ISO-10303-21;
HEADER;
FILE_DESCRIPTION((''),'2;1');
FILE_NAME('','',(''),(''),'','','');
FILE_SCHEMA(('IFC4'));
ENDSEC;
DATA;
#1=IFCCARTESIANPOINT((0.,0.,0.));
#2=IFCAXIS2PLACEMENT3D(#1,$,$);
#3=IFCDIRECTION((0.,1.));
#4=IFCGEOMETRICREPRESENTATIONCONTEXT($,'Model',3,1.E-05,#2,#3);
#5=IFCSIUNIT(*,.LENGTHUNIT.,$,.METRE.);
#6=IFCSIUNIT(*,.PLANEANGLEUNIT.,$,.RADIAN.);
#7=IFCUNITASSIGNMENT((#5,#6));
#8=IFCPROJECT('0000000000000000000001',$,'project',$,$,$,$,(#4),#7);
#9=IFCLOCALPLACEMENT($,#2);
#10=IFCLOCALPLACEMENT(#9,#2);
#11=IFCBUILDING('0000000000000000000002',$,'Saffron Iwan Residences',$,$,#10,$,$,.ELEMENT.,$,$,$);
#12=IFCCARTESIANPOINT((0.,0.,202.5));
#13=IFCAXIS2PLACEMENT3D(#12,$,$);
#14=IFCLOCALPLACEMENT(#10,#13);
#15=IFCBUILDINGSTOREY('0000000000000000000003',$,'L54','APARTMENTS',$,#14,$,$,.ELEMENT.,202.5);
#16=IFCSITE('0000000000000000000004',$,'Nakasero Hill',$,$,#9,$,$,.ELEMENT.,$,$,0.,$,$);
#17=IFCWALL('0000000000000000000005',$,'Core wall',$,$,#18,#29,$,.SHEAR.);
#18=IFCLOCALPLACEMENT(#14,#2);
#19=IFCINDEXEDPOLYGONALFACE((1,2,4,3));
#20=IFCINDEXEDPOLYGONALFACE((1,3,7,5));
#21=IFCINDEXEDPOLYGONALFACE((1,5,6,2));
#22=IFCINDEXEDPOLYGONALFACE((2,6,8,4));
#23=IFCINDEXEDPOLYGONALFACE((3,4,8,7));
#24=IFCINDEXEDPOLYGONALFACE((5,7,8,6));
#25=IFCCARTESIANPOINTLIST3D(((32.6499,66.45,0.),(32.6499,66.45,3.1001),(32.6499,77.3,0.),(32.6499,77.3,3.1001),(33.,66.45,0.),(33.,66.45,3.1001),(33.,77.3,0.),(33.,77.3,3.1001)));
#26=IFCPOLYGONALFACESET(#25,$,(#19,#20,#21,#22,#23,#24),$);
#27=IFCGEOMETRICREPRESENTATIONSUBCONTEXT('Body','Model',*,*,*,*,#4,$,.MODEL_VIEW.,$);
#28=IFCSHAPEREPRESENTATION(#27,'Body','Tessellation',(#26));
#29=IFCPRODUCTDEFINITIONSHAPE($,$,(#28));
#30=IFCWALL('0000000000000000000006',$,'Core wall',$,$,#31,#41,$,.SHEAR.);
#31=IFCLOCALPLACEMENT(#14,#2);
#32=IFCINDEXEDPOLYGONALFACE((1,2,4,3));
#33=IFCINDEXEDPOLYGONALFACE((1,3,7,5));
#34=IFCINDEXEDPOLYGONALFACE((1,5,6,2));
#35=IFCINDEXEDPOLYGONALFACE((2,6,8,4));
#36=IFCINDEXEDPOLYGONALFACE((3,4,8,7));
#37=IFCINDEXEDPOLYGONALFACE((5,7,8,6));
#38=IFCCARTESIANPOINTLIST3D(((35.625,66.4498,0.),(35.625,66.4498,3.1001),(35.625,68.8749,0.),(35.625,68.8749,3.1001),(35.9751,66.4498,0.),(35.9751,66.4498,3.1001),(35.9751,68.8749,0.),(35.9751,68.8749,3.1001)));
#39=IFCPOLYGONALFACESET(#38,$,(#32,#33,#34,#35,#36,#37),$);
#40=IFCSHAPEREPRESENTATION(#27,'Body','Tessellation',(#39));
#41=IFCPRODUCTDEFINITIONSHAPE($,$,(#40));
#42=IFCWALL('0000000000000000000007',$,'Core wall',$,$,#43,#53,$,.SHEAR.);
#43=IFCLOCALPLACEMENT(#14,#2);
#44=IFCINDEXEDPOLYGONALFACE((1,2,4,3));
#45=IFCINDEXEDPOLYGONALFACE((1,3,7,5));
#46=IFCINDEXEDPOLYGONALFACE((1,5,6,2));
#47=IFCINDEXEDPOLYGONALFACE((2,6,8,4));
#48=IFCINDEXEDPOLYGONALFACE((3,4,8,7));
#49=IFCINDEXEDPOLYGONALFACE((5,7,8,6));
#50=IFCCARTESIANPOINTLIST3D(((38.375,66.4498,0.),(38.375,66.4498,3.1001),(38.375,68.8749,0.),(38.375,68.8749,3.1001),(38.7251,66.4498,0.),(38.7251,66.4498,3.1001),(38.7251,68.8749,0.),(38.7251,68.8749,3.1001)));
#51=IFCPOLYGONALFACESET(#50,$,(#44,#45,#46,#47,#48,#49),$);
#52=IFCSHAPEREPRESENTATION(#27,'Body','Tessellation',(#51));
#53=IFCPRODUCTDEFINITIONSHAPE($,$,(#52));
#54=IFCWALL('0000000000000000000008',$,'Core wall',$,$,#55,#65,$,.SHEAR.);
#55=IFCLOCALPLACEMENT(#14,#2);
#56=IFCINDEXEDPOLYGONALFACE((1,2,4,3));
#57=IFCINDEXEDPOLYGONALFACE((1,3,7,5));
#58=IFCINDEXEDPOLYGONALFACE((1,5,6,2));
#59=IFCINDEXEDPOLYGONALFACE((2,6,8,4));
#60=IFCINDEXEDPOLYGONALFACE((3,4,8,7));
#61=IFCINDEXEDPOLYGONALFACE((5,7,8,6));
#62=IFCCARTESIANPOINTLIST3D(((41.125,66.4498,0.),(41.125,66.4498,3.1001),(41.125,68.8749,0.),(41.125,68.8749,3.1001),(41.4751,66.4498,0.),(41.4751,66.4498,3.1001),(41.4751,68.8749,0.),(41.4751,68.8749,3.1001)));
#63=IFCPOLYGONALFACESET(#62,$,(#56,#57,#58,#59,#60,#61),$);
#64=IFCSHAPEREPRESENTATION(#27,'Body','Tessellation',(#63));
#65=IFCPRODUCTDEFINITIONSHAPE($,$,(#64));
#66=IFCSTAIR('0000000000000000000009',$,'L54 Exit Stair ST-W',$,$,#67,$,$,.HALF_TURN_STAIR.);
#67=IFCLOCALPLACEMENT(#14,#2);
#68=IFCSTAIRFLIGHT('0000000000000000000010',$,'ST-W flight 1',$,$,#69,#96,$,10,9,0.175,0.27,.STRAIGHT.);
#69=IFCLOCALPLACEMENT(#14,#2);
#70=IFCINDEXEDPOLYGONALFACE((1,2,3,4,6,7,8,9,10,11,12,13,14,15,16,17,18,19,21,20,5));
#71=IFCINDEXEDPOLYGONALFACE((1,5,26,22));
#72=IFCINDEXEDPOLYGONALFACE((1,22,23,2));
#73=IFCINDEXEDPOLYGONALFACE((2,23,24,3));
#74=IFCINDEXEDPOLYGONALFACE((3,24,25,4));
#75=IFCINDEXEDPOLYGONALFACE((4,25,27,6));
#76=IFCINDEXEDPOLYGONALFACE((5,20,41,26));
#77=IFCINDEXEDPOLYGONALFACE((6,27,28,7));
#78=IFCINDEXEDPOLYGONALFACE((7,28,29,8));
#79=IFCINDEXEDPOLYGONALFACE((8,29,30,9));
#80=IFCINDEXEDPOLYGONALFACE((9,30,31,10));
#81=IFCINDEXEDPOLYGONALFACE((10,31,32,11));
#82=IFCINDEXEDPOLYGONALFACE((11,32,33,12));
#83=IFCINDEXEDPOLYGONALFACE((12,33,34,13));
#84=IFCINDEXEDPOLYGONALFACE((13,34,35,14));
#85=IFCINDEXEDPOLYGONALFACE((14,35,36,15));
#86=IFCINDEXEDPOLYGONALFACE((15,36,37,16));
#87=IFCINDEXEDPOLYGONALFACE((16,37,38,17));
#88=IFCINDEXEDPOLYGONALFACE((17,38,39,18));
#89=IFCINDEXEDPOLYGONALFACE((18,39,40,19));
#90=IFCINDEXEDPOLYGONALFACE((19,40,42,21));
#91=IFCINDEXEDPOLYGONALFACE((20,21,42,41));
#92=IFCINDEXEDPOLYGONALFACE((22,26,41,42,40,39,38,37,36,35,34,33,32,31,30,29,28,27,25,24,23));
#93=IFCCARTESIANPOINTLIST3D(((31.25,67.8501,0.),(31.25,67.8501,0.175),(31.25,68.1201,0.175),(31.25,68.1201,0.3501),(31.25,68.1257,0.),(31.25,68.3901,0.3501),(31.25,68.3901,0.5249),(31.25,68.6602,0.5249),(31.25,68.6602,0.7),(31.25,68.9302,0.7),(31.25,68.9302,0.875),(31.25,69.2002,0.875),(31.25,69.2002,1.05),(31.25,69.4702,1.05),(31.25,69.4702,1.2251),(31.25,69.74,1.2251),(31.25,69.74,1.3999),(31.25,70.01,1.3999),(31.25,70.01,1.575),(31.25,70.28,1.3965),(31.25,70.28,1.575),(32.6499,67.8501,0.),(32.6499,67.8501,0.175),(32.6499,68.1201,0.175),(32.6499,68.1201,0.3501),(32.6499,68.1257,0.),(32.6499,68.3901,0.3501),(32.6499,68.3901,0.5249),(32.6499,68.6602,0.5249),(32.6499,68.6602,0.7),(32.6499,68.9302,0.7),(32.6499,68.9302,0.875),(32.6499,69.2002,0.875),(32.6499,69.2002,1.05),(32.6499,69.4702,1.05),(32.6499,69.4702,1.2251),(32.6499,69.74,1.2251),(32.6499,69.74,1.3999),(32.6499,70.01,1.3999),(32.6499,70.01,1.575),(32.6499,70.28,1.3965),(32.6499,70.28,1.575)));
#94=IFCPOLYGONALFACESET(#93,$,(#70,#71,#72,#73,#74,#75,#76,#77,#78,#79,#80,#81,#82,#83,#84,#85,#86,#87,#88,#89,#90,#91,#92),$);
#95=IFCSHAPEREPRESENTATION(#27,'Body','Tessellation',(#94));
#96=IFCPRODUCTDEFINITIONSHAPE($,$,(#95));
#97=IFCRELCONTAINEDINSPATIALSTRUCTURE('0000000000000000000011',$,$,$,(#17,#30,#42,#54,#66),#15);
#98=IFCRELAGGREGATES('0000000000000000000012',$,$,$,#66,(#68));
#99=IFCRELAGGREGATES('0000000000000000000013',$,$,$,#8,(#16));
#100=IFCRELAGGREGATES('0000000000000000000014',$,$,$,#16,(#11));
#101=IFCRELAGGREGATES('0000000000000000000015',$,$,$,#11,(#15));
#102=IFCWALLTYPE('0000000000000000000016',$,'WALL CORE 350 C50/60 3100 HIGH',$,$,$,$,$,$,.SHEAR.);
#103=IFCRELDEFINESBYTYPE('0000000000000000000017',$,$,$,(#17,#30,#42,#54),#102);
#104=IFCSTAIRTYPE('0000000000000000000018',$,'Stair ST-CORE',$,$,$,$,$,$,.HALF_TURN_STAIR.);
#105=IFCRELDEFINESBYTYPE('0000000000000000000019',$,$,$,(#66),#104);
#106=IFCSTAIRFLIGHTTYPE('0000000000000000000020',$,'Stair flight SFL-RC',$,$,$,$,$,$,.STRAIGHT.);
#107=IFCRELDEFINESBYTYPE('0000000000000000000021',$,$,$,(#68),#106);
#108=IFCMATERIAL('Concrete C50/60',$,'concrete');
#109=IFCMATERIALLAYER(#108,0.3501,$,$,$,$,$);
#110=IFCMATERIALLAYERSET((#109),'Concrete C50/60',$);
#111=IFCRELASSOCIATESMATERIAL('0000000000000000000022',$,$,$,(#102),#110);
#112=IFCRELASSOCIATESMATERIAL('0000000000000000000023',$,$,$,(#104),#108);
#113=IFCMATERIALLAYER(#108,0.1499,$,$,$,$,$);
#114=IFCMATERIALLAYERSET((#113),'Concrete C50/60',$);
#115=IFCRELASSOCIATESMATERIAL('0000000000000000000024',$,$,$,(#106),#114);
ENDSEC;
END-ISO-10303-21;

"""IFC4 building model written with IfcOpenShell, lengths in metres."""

from ifc_helpers import new_model, si_unit, direction, frame, frame_2d, origin, place, context, subcontext, project, spatial, polyline, rectangle, outline, extrude, material, layer, layer_set, type_object, element, aggregate, save


model = new_model("IFC4")

# Units and contexts
model_context = context("Model", 3, precision=1e-05, world=origin(), true_north=direction((0.0, 1.0)))
body_context = subcontext(model_context, "Body", "Model", "MODEL_VIEW")
ifc_project = project(units=[si_unit("LENGTHUNIT", "METRE"), si_unit("PLANEANGLEUNIT", "RADIAN")], contexts=[model_context])

# Site, building, storey
site_placement = place(None, origin())
site = spatial("IfcSite", under=ifc_project, at=site_placement, Name="Nakasero Hill", CompositionType="ELEMENT", RefElevation=0.0)
building_placement = place(site_placement, origin())
building = spatial("IfcBuilding", under=site, at=building_placement, Name="Saffron Iwan Residences", CompositionType="ELEMENT")
storey_placement = place(building_placement, frame((0.0, 0.0, 202.5)))
storey = spatial("IfcBuildingStorey", under=building, at=storey_placement, Name="L54", Description="APARTMENTS", CompositionType="ELEMENT", Elevation=202.5)

# Shared definitions
ifc_material_1 = material(Name="Concrete C50/60", Category="concrete")

# Shared definitions
ifc_layer_1 = layer(ifc_material_1, 0.3501)
ifc_layer_set_1 = layer_set([ifc_layer_1], Name="Concrete C50/60")
wall_type_1 = type_object("IfcWallType", Name="WALL CORE 350 C50/60 3100 HIGH", PredefinedType="SHEAR", material=ifc_layer_set_1)

# Walls
wall_1_placement = place(storey_placement, frame((32.825, 66.45, 0.0), z_axis=(0.0, 0.0, 1.0), x_axis=(0.0, 1.0, 0.0)))
element("IfcWall", 1, at=wall_1_placement, inside=storey, type_object=wall_type_1, Name="Core wall", PredefinedType="SHEAR", context=body_context, shape_type="SweptSolid", body=[
    extrude(rectangle(XDim=10.8501, YDim=0.3501, at=frame_2d((5.425, 0.0))), origin(), (0.0, 0.0, 1.0), 3.1001),
])
for number, where, z_axis, x_axis, name in (
    (2, (35.8, 66.45, 0.0), (0.0, 0.0, 1.0), (0.0, 1.0, 0.0), "Core wall"),
    (3, (38.55, 66.45, 0.0), (0.0, 0.0, 1.0), (0.0, 1.0, 0.0), "Core wall"),
    (4, (41.3, 66.45, 0.0), (0.0, 0.0, 1.0), (0.0, 1.0, 0.0), "Core wall"),
):
    element("IfcWall", number, at=place(storey_placement, frame(where, z_axis=z_axis, x_axis=x_axis)), inside=storey, type_object=wall_type_1, Name=name, PredefinedType="SHEAR", context=body_context, shape_type="SweptSolid", body=[
        extrude(rectangle(XDim=2.425, YDim=0.3501, at=frame_2d((1.2124, 0.0))), origin(), (0.0, 0.0, 1.0), 3.1001),
    ])

# Stair, stair flight
stair_type = type_object("IfcStairType", Name="Stair ST-CORE", PredefinedType="HALF_TURN_STAIR", material=ifc_material_1)
stair_placement = place(storey_placement, origin())
stair = element("IfcStair", 5, at=stair_placement, inside=storey, type_object=stair_type, Name="L54 Exit Stair ST-W", PredefinedType="HALF_TURN_STAIR")
ifc_layer_2 = layer(ifc_material_1, 0.1499)
ifc_layer_set_2 = layer_set([ifc_layer_2], Name="Concrete C50/60")
stair_flight_type = type_object("IfcStairFlightType", Name="Stair flight SFL-RC", PredefinedType="STRAIGHT", material=ifc_layer_set_2)
stair_flight_placement = place(storey_placement, frame((31.95, 67.8501, 0.0), z_axis=(0.0, 0.0, 1.0), x_axis=(0.0, 1.0, 0.0)))
stair_flight = element("IfcStairFlight", 6, at=stair_flight_placement, type_object=stair_flight_type, Name="ST-W flight 1", NumberOfRisers=10, NumberOfTreads=9, PredefinedType="STRAIGHT", RiserHeight=0.175, TreadLength=0.27, context=body_context, shape_type="SweptSolid", body=[
    extrude(outline(polyline([(0.0, 0.0), (0.0, 0.175), (0.27, 0.175), (0.27, 0.3501), (0.54, 0.3501), (0.54, 0.5249), (0.8101, 0.5249), (0.8101, 0.7), (1.0801, 0.7), (1.0801, 0.875), (1.3501, 0.875), (1.3501, 1.05), (1.6201, 1.05), (1.6201, 1.2251), (1.8899, 1.2251), (1.8899, 1.3999), (2.1599, 1.3999), (2.1599, 1.575), (2.4299, 1.575), (2.4299, 1.75), (2.4299, 1.3965), (0.2756, 0.0), (0.0, 0.0)])), frame((0.0, 0.7, 0.0), z_axis=(0.0, -1.0, 0.0), x_axis=(1.0, 0.0, 0.0)), (0.0, 0.0, 1.0), 1.3999),
])
aggregate(stair, [stair_flight])

save(model, "model.ifc")
